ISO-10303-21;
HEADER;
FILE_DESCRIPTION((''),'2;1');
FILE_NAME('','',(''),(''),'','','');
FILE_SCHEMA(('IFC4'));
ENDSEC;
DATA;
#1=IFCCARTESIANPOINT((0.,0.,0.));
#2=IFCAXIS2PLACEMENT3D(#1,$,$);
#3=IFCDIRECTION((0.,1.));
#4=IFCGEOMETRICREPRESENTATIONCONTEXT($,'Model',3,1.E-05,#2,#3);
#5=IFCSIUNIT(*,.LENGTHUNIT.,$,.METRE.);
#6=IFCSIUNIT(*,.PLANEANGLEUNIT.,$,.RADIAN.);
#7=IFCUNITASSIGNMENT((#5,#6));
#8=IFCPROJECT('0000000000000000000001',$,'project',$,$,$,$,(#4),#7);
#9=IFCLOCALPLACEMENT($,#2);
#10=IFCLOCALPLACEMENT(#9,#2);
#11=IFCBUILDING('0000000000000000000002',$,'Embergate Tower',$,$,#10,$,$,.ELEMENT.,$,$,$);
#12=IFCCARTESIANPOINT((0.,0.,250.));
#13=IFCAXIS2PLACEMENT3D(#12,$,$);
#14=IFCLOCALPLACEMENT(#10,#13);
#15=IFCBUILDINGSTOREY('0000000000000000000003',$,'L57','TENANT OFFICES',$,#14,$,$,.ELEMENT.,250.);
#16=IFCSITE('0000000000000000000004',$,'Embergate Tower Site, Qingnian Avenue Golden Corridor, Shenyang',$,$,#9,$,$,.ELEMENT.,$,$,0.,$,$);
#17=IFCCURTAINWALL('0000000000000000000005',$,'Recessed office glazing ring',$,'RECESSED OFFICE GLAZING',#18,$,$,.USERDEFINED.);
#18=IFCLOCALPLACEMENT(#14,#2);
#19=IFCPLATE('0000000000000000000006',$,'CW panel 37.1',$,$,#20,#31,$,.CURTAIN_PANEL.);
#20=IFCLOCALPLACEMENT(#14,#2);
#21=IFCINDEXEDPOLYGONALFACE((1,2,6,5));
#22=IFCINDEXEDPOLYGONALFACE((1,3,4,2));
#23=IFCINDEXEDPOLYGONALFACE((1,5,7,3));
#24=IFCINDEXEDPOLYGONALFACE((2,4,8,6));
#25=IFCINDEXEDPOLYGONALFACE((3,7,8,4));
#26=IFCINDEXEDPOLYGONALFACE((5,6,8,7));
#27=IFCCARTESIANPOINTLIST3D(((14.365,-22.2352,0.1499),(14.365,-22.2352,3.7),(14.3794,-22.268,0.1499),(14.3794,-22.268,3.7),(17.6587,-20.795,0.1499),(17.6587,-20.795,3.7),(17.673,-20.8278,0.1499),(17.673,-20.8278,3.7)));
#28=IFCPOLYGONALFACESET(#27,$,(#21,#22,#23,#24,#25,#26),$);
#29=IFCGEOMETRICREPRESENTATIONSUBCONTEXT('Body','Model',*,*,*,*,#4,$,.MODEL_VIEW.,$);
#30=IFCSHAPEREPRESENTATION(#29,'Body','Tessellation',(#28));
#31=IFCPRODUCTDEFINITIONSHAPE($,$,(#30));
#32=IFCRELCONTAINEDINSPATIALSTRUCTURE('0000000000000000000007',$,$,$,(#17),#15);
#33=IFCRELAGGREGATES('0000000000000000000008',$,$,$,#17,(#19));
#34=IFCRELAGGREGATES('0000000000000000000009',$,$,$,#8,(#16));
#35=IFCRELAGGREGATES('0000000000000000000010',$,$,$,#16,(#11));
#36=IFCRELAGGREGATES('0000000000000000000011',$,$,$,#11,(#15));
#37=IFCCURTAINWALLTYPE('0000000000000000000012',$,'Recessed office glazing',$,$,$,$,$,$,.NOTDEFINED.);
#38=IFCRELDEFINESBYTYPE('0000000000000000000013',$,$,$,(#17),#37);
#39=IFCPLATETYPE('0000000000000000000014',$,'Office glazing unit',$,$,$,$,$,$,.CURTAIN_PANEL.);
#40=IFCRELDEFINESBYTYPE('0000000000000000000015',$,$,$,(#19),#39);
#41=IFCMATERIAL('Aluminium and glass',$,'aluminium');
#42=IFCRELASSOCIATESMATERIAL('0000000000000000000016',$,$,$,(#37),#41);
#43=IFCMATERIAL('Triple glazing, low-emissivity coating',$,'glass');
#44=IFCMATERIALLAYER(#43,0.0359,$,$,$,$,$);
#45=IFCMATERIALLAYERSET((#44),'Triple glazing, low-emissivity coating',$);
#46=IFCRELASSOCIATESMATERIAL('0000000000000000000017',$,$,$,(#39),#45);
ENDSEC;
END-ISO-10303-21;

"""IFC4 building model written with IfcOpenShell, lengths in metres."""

from ifc_helpers import new_model, si_unit, direction, frame, origin, origin_2d, place, context, subcontext, project, spatial, rectangle, extrude, source, transform, mapped, material, layer, layer_set, type_object, element, aggregate, save


model = new_model("IFC4")

# Units and contexts
model_context = context("Model", 3, precision=1e-05, world=origin(), true_north=direction((0.0, 1.0)))
body_context = subcontext(model_context, "Body", "Model", "MODEL_VIEW")
ifc_project = project(units=[si_unit("LENGTHUNIT", "METRE"), si_unit("PLANEANGLEUNIT", "RADIAN")], contexts=[model_context])

# Site, building, storey
site_placement = place(None, origin())
site = spatial("IfcSite", under=ifc_project, at=site_placement, Name="Embergate Tower Site, Qingnian Avenue Golden Corridor, Shenyang", CompositionType="ELEMENT", RefElevation=0.0)
building_placement = place(site_placement, origin())
building = spatial("IfcBuilding", under=site, at=building_placement, Name="Embergate Tower", CompositionType="ELEMENT")
storey_placement = place(building_placement, frame((0.0, 0.0, 250.0)))
storey = spatial("IfcBuildingStorey", under=building, at=storey_placement, Name="L57", Description="TENANT OFFICES", CompositionType="ELEMENT", Elevation=250.0)

# Curtain wall, plate
ifc_material_1 = material(Name="Aluminium and glass", Category="aluminium")
curtain_wall_type = type_object("IfcCurtainWallType", Name="Recessed office glazing", PredefinedType="NOTDEFINED", material=ifc_material_1)
curtain_wall_placement = place(storey_placement, origin())
curtain_wall = element("IfcCurtainWall", 1, at=curtain_wall_placement, inside=storey, type_object=curtain_wall_type, Name="Recessed office glazing ring", ObjectType="RECESSED OFFICE GLAZING", PredefinedType="USERDEFINED")
ifc_material_2 = material(Name="Triple glazing, low-emissivity coating", Category="glass")
ifc_layer = layer(ifc_material_2, 0.0359)
ifc_layer_set = layer_set([ifc_layer], Name="Triple glazing, low-emissivity coating")
plate_type = type_object("IfcPlateType", Name="Office glazing unit", PredefinedType="CURTAIN_PANEL", material=ifc_layer_set)
shared_shape_1 = source(origin(), body_context, "Body", "SweptSolid", [
    extrude(rectangle(XDim=3.5947, YDim=0.0359, at=origin_2d()), origin(), (0.0, 0.0, 1.0), 3.55),
])
plate_1_placement = place(storey_placement, frame((16.019, -21.5315, 0.1499), z_axis=(0.0, 0.0, 1.0), x_axis=(0.916235, 0.400642, 0.0)))
plate_1 = element("IfcPlate", 2, at=plate_1_placement, type_object=plate_type, Name="CW panel 37.1", PredefinedType="CURTAIN_PANEL", context=body_context, shape_type="MappedRepresentation", body=[
    mapped(shared_shape_1, transform((0.0, 0.0, 0.0))),
])
aggregate(curtain_wall, [plate_1])

save(model, "model.ifc")
